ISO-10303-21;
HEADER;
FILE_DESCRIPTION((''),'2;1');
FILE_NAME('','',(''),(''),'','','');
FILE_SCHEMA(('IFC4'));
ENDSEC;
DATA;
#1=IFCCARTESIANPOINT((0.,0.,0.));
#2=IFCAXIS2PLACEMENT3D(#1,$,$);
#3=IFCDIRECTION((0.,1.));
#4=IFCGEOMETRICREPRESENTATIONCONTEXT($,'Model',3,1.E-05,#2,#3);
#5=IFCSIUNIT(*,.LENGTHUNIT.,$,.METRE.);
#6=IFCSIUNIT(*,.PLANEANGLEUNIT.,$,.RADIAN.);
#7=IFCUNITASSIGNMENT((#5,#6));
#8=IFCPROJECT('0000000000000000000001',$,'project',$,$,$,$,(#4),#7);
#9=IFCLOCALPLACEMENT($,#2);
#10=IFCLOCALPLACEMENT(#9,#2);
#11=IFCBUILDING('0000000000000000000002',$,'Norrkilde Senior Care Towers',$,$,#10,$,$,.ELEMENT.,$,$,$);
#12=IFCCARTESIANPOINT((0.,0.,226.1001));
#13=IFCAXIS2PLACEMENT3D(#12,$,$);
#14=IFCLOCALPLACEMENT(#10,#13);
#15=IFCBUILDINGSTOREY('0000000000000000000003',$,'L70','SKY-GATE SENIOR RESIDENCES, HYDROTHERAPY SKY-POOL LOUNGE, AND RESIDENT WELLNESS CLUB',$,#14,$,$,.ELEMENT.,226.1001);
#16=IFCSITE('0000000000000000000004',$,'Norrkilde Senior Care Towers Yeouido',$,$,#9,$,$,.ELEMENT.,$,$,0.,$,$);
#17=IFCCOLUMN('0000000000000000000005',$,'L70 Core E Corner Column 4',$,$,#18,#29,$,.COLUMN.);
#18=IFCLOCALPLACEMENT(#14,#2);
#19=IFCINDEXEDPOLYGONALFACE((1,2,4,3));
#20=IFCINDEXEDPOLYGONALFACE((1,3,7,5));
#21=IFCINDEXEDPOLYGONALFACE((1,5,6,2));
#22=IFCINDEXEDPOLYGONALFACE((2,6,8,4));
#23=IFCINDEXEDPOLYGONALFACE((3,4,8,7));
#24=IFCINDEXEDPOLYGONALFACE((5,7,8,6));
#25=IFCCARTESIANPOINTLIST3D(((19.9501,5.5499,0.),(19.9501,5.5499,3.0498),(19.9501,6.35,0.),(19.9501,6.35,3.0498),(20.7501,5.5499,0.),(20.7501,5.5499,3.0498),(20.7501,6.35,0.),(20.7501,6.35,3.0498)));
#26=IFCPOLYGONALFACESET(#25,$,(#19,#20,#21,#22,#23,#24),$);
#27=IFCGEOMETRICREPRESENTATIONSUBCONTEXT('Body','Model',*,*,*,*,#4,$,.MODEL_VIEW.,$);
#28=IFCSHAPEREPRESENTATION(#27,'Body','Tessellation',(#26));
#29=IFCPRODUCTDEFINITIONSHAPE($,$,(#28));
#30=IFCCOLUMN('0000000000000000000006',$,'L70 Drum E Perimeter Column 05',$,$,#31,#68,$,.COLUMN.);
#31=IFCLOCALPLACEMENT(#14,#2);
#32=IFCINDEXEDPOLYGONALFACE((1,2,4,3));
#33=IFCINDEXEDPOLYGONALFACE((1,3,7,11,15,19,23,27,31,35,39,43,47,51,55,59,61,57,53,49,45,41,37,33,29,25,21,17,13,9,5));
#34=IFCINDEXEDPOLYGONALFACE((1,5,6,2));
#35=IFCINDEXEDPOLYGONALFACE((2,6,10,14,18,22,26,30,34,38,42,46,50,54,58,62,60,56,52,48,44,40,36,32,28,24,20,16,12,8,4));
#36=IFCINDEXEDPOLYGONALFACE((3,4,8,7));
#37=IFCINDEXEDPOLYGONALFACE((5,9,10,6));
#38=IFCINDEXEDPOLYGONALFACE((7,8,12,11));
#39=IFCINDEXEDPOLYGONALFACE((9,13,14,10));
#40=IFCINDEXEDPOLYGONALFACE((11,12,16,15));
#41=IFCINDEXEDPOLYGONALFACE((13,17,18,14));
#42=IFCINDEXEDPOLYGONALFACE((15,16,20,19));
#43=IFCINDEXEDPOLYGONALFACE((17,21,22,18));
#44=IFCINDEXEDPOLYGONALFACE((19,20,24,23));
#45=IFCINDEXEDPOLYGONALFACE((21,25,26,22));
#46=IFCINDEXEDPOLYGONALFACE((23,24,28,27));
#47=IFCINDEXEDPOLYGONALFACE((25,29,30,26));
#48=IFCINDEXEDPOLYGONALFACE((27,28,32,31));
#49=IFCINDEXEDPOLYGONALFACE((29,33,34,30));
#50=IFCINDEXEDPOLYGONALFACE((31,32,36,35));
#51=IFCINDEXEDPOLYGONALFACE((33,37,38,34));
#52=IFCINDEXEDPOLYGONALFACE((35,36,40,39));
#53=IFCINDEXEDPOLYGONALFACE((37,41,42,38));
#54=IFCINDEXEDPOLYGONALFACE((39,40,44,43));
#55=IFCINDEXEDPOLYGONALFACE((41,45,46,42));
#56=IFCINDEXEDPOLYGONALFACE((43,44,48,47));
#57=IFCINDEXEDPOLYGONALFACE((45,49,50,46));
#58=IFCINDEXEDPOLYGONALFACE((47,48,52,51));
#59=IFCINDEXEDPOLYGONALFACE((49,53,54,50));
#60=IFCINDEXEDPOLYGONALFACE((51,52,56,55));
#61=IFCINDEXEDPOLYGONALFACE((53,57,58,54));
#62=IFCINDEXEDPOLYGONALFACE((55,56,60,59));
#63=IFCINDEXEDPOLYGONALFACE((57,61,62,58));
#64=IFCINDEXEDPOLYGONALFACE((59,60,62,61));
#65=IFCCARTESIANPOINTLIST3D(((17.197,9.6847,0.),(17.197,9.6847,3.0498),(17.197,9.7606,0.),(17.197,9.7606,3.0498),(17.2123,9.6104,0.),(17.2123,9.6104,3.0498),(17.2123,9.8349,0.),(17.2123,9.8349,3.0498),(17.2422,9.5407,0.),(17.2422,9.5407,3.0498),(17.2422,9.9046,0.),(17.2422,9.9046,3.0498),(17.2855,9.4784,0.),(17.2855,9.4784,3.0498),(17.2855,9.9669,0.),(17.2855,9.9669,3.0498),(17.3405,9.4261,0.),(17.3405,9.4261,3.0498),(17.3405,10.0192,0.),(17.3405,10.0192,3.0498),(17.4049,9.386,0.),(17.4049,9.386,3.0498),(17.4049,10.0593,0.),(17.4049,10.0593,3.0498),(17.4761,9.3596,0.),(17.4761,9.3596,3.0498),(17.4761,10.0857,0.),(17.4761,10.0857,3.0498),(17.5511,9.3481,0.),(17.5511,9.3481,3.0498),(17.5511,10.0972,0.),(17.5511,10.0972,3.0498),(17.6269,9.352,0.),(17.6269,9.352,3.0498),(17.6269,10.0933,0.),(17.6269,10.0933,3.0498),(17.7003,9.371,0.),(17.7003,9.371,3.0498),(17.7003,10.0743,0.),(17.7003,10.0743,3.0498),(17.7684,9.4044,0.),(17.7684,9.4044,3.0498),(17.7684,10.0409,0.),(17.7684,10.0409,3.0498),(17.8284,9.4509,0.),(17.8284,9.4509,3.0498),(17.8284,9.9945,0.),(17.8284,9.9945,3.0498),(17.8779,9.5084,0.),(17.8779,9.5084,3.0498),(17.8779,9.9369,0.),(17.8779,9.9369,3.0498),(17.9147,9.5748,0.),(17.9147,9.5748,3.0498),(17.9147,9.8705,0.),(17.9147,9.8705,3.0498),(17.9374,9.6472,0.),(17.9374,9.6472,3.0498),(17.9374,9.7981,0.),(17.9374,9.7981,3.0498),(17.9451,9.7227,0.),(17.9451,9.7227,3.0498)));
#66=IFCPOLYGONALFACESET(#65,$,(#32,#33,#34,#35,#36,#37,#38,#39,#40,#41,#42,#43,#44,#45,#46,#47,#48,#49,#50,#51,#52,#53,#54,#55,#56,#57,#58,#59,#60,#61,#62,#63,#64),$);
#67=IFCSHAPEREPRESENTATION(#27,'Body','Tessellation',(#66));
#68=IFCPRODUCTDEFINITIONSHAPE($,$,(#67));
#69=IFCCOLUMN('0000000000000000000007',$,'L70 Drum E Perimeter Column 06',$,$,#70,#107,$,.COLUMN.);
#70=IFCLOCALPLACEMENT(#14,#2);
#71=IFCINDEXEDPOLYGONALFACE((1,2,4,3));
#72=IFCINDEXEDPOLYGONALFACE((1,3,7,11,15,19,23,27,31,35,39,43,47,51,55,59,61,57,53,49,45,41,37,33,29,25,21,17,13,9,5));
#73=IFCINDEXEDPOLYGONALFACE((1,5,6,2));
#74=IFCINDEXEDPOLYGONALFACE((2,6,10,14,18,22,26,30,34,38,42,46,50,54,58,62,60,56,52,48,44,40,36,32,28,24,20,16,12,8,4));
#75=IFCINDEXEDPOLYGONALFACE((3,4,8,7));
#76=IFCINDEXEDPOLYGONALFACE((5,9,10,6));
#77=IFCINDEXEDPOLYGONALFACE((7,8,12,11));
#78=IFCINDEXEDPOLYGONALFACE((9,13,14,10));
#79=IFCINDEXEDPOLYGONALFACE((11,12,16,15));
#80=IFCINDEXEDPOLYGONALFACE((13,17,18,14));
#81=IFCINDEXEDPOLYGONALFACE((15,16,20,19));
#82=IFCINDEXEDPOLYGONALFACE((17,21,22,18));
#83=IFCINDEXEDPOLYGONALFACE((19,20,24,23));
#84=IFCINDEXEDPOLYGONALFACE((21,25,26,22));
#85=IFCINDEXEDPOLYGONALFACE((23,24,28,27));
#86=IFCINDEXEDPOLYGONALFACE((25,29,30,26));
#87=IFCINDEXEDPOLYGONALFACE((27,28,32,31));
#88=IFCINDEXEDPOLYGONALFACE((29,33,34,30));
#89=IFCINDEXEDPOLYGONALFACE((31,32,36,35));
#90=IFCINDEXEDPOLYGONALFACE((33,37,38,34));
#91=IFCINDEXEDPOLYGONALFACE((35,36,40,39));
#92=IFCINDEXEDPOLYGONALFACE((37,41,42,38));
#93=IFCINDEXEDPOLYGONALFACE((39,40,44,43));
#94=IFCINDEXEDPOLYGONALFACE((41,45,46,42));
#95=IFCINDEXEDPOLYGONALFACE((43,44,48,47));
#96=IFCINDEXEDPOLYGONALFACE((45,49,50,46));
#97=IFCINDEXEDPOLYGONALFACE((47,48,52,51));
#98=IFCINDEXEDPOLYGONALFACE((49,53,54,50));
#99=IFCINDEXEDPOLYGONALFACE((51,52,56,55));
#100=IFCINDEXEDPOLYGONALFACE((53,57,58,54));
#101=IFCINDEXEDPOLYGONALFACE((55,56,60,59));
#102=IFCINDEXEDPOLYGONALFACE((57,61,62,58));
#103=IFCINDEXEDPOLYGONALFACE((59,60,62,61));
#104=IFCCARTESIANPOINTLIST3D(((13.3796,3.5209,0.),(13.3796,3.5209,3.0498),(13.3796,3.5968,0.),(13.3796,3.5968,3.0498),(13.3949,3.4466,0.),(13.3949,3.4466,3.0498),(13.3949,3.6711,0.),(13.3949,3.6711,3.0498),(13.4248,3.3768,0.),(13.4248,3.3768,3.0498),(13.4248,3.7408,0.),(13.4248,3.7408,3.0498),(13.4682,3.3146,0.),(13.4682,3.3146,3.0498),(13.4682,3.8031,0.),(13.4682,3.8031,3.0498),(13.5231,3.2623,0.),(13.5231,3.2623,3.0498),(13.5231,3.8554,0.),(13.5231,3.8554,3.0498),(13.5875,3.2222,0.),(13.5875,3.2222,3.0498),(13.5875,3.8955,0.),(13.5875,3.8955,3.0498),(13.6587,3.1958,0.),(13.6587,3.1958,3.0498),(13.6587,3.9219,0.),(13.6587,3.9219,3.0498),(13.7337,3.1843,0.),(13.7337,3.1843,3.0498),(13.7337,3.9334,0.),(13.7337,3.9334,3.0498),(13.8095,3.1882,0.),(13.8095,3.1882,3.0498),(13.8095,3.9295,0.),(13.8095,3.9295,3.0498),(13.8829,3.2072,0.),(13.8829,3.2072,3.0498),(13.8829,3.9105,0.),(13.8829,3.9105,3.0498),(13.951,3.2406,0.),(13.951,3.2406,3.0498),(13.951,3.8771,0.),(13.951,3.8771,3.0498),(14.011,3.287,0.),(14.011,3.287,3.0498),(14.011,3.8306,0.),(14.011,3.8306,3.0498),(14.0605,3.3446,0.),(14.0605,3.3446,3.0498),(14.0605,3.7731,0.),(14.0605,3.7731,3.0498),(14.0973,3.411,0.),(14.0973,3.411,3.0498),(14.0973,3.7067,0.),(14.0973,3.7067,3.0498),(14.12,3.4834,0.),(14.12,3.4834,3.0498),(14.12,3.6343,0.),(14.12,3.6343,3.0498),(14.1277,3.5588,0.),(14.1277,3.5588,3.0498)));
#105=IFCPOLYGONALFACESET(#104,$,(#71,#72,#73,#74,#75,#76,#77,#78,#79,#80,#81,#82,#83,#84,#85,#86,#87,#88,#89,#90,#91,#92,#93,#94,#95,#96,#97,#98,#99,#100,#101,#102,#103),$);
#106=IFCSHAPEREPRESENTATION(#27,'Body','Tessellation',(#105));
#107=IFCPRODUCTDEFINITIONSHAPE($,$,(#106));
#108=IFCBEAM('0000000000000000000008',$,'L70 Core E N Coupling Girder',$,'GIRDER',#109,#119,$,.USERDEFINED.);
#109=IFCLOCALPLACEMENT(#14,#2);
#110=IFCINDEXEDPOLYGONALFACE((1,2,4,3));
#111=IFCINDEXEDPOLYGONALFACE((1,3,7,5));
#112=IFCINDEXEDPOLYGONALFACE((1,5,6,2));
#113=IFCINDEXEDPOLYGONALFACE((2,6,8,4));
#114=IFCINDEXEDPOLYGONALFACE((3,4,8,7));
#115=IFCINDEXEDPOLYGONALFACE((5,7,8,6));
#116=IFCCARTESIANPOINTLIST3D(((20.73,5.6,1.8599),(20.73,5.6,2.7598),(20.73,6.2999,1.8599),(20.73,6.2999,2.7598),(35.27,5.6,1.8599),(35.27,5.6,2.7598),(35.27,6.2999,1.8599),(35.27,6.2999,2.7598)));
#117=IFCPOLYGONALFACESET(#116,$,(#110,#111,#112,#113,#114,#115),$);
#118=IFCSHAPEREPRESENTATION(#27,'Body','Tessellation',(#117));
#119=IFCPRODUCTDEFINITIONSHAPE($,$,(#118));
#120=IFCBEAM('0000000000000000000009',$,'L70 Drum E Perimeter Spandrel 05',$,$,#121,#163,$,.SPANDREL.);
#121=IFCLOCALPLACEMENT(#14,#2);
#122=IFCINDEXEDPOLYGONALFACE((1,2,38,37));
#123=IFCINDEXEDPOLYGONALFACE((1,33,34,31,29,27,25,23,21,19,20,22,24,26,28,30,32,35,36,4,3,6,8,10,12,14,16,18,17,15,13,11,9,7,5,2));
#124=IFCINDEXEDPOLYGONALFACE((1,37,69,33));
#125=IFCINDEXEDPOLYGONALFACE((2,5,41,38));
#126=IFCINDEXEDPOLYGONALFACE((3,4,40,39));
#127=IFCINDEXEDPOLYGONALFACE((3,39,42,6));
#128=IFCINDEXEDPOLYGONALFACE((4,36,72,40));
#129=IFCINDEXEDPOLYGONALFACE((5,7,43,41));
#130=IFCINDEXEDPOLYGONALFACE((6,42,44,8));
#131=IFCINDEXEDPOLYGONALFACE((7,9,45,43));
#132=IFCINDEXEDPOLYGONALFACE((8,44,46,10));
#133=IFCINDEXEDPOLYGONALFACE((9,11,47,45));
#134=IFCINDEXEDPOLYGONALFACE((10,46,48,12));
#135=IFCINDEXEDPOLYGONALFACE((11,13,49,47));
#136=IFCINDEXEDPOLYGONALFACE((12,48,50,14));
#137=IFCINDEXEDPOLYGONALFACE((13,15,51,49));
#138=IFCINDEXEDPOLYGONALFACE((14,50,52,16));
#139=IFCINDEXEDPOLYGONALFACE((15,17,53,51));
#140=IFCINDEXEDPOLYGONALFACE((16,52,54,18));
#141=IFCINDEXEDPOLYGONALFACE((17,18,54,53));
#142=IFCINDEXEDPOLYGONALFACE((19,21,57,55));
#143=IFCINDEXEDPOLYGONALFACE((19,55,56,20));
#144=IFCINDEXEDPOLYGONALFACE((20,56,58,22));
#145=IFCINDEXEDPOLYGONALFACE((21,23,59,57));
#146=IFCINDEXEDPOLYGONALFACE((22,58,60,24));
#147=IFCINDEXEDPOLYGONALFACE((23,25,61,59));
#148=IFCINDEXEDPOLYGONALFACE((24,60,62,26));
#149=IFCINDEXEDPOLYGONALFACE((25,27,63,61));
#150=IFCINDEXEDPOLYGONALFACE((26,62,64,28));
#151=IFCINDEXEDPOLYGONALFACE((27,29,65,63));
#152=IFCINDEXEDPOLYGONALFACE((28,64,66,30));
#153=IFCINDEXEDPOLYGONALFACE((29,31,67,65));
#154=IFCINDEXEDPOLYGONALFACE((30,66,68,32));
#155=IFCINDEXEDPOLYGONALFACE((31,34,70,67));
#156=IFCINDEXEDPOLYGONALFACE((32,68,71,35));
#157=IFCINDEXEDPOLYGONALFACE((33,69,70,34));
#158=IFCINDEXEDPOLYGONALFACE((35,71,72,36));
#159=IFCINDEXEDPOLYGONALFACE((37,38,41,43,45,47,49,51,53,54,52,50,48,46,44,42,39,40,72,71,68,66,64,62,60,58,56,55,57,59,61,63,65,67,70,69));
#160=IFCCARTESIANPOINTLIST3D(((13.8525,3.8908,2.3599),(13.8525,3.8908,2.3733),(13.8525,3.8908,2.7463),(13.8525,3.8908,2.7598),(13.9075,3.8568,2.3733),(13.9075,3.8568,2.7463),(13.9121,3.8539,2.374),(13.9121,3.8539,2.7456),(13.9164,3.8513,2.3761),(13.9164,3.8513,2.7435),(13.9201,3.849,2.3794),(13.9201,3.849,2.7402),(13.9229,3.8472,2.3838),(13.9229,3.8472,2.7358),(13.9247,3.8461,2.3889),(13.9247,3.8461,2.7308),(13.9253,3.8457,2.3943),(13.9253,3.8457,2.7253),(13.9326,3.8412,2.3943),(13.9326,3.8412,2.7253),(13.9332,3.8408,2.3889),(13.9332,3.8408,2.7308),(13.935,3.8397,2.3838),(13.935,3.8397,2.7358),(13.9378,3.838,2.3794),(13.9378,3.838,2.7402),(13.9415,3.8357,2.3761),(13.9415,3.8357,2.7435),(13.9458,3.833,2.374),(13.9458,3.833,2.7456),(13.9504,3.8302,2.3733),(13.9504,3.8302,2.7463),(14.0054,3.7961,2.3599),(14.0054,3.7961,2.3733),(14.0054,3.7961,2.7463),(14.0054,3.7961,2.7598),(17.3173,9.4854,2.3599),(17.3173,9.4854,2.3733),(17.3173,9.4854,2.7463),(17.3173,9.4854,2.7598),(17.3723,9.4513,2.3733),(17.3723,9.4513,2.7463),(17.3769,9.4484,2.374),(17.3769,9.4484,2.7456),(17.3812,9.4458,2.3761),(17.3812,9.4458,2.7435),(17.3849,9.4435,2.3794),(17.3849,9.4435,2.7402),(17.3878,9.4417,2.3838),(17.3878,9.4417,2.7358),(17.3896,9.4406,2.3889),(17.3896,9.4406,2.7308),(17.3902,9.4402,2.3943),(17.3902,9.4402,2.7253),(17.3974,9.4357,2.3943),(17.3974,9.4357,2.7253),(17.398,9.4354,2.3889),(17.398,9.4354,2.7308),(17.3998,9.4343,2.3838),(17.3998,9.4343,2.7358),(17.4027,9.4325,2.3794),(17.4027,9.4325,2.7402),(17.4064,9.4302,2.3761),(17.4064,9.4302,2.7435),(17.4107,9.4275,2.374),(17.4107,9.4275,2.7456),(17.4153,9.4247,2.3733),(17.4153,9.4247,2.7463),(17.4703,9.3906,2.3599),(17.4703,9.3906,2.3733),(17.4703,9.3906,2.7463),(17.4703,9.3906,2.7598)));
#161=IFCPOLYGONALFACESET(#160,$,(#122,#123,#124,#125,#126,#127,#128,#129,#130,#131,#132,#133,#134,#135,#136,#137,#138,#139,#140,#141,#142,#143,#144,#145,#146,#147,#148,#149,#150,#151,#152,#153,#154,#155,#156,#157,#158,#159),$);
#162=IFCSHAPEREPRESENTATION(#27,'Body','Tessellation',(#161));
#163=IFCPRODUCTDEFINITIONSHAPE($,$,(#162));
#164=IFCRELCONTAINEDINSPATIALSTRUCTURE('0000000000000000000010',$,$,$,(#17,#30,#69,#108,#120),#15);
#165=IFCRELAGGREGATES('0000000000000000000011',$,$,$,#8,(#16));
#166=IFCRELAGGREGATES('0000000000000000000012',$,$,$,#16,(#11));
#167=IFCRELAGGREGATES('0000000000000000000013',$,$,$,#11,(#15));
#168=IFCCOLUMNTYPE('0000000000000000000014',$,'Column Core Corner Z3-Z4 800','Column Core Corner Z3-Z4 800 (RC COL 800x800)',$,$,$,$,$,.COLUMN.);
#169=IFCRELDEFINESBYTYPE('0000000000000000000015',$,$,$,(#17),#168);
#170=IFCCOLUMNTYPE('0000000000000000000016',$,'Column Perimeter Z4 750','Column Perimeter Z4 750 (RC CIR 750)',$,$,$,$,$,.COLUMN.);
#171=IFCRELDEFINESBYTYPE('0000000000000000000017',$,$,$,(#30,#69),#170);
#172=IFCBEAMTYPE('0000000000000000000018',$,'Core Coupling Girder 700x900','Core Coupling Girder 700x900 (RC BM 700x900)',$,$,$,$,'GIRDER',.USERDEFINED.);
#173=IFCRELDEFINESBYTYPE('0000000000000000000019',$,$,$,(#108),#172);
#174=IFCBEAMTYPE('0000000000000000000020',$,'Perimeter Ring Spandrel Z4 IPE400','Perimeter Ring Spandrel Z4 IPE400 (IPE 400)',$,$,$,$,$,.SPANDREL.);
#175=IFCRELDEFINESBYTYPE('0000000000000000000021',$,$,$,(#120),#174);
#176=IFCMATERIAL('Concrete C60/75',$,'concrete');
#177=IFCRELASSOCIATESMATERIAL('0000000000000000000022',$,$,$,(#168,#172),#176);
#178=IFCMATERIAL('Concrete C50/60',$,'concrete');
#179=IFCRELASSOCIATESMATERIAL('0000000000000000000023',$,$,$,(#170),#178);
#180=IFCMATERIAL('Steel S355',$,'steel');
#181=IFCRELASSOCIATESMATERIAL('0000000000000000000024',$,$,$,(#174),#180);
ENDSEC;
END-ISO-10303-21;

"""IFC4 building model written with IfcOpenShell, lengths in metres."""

from ifc_helpers import new_model, si_unit, direction, frame, origin, origin_2d, place, context, subcontext, project, spatial, rectangle, circle, i_section, extrude, source, transform, mapped, material, material_profile, profile_set, type_object, type_shapes, element, save


model = new_model("IFC4")

# Units and contexts
model_context = context("Model", 3, precision=1e-05, world=origin(), true_north=direction((0.0, 1.0)))
body_context = subcontext(model_context, "Body", "Model", "MODEL_VIEW")
ifc_project = project(units=[si_unit("LENGTHUNIT", "METRE"), si_unit("PLANEANGLEUNIT", "RADIAN")], contexts=[model_context])

# Site, building, storey
site_placement = place(None, origin())
site = spatial("IfcSite", under=ifc_project, at=site_placement, Name="Norrkilde Senior Care Towers Yeouido", CompositionType="ELEMENT", RefElevation=0.0)
building_placement = place(site_placement, origin())
building = spatial("IfcBuilding", under=site, at=building_placement, Name="Norrkilde Senior Care Towers", CompositionType="ELEMENT")
storey_placement = place(building_placement, frame((0.0, 0.0, 226.1001)))
storey = spatial("IfcBuildingStorey", under=building, at=storey_placement, Name="L70", Description="SKY-GATE SENIOR RESIDENCES, HYDROTHERAPY SKY-POOL LOUNGE, AND RESIDENT WELLNESS CLUB", CompositionType="ELEMENT", Elevation=226.1001)

# Columns
ifc_material_1 = material(Name="Concrete C60/75", Category="concrete")
ifc_material_profile_1 = material_profile(ifc_material_1, rectangle(XDim=0.8, YDim=0.8, at=origin_2d()), Name="RC COL 800x800")
ifc_profile_set_1 = profile_set([ifc_material_profile_1], Name="Concrete C60/75")
column_type_1 = type_object("IfcColumnType", Name="Column Core Corner Z3-Z4 800", Description="Column Core Corner Z3-Z4 800 (RC COL 800x800)", PredefinedType="COLUMN", material=ifc_profile_set_1)
shared_shape_1 = source(origin(), body_context, "Body", "SweptSolid", [
    extrude(rectangle(XDim=0.8, YDim=0.8, at=origin_2d()), origin(), (0.0, 0.0, 1.0), 3.0498),
])
type_shapes(column_type_1, [shared_shape_1])
column_placement = place(storey_placement, frame((20.3501, 5.95, 0.0), z_axis=(0.0, 0.0, 1.0), x_axis=(1.0, 0.0, 0.0)))
element("IfcColumn", 1, at=column_placement, inside=storey, type_object=column_type_1, Name="L70 Core E Corner Column 4", PredefinedType="COLUMN", context=body_context, shape_type="MappedRepresentation", body=[
    mapped(shared_shape_1, transform((0.0, 0.0, 0.0), x_axis=(1.0, 0.0, 0.0), y_axis=(0.0, 1.0, 0.0), z_axis=(0.0, 0.0, 1.0), scale=1.0)),
])
ifc_material_2 = material(Name="Concrete C50/60", Category="concrete")
ifc_material_profile_2 = material_profile(ifc_material_2, circle(Radius=0.375, at=origin_2d()), Name="RC CIR 750")
ifc_profile_set_2 = profile_set([ifc_material_profile_2], Name="Concrete C50/60")
column_type_2 = type_object("IfcColumnType", Name="Column Perimeter Z4 750", Description="Column Perimeter Z4 750 (RC CIR 750)", PredefinedType="COLUMN", material=ifc_profile_set_2)
shared_shape_2 = source(origin(), body_context, "Body", "SweptSolid", [
    extrude(circle(Radius=0.375, at=origin_2d()), origin(), (0.0, 0.0, 1.0), 3.0498),
])
type_shapes(column_type_2, [shared_shape_2])
for number, where, z_axis, x_axis, name in (
    (2, (17.5701, 9.7227, 0.0), (0.0, 0.0, 1.0), (1.0, 0.0, 0.0), "L70 Drum E Perimeter Column 05"),
    (3, (13.7527, 3.5588, 0.0), (0.0, 0.0, 1.0), (1.0, 0.0, 0.0), "L70 Drum E Perimeter Column 06"),
):
    element("IfcColumn", number, at=place(storey_placement, frame(where, z_axis=z_axis, x_axis=x_axis)), inside=storey, type_object=column_type_2, Name=name, PredefinedType="COLUMN", context=body_context, shape_type="MappedRepresentation", body=[
        mapped(shared_shape_2, transform((0.0, 0.0, 0.0), x_axis=(1.0, 0.0, 0.0), y_axis=(0.0, 1.0, 0.0), z_axis=(0.0, 0.0, 1.0), scale=1.0)),
    ])

# Beams
ifc_material_profile_3 = material_profile(ifc_material_1, rectangle(XDim=0.7, YDim=0.8999, at=origin_2d()), Name="RC BM 700x900")
ifc_profile_set_3 = profile_set([ifc_material_profile_3], Name="Concrete C60/75")
beam_type_1 = type_object("IfcBeamType", Name="Core Coupling Girder 700x900", Description="Core Coupling Girder 700x900 (RC BM 700x900)", ElementType="GIRDER", PredefinedType="USERDEFINED", material=ifc_profile_set_3)
shared_shape_3 = source(origin(), body_context, "Body", "SweptSolid", [
    extrude(rectangle(XDim=0.7, YDim=0.8999, at=origin_2d()), origin(), (0.0, 0.0, 1.0), 14.54),
])
type_shapes(beam_type_1, [shared_shape_3])
beam_1_placement = place(storey_placement, frame((20.73, 5.95, 2.3098), z_axis=(1.0, 0.0, 0.0), x_axis=(0.0, 1.0, 0.0)))
element("IfcBeam", 4, at=beam_1_placement, inside=storey, type_object=beam_type_1, Name="L70 Core E N Coupling Girder", ObjectType="GIRDER", PredefinedType="USERDEFINED", context=body_context, shape_type="MappedRepresentation", body=[
    mapped(shared_shape_3, transform((0.0, 0.0, 0.0), x_axis=(1.0, 0.0, 0.0), y_axis=(0.0, 1.0, 0.0), z_axis=(0.0, 0.0, 1.0), scale=1.0)),
])
ifc_material_3 = material(Name="Steel S355", Category="steel")
ifc_material_profile_4 = material_profile(ifc_material_3, i_section(OverallWidth=0.1799, OverallDepth=0.3999, WebThickness=0.0085, FlangeThickness=0.0134, FilletRadius=0.021, at=origin_2d()), Name="IPE 400")
ifc_profile_set_4 = profile_set([ifc_material_profile_4], Name="Steel S355")
beam_type_2 = type_object("IfcBeamType", Name="Perimeter Ring Spandrel Z4 IPE400", Description="Perimeter Ring Spandrel Z4 IPE400 (IPE 400)", PredefinedType="SPANDREL", material=ifc_profile_set_4)
shared_shape_4 = source(origin(), body_context, "Body", "SweptSolid", [
    extrude(i_section(OverallWidth=0.1799, OverallDepth=0.3999, WebThickness=0.0085, FlangeThickness=0.0134, FilletRadius=0.021, at=origin_2d()), origin(), (0.0, 0.0, 1.0), 6.5806),
])
beam_2_placement = place(storey_placement, frame((17.3938, 9.438, 2.5598), z_axis=(-0.52653, -0.850157, 0.0), x_axis=(0.850157, -0.52653, 0.0)))
element("IfcBeam", 5, at=beam_2_placement, inside=storey, type_object=beam_type_2, Name="L70 Drum E Perimeter Spandrel 05", PredefinedType="SPANDREL", context=body_context, shape_type="MappedRepresentation", body=[
    mapped(shared_shape_4, transform((0.0, 0.0, 0.0), x_axis=(1.0, 0.0, 0.0), y_axis=(0.0, 1.0, 0.0), z_axis=(0.0, 0.0, 1.0), scale=1.0)),
])

save(model, "model.ifc")
